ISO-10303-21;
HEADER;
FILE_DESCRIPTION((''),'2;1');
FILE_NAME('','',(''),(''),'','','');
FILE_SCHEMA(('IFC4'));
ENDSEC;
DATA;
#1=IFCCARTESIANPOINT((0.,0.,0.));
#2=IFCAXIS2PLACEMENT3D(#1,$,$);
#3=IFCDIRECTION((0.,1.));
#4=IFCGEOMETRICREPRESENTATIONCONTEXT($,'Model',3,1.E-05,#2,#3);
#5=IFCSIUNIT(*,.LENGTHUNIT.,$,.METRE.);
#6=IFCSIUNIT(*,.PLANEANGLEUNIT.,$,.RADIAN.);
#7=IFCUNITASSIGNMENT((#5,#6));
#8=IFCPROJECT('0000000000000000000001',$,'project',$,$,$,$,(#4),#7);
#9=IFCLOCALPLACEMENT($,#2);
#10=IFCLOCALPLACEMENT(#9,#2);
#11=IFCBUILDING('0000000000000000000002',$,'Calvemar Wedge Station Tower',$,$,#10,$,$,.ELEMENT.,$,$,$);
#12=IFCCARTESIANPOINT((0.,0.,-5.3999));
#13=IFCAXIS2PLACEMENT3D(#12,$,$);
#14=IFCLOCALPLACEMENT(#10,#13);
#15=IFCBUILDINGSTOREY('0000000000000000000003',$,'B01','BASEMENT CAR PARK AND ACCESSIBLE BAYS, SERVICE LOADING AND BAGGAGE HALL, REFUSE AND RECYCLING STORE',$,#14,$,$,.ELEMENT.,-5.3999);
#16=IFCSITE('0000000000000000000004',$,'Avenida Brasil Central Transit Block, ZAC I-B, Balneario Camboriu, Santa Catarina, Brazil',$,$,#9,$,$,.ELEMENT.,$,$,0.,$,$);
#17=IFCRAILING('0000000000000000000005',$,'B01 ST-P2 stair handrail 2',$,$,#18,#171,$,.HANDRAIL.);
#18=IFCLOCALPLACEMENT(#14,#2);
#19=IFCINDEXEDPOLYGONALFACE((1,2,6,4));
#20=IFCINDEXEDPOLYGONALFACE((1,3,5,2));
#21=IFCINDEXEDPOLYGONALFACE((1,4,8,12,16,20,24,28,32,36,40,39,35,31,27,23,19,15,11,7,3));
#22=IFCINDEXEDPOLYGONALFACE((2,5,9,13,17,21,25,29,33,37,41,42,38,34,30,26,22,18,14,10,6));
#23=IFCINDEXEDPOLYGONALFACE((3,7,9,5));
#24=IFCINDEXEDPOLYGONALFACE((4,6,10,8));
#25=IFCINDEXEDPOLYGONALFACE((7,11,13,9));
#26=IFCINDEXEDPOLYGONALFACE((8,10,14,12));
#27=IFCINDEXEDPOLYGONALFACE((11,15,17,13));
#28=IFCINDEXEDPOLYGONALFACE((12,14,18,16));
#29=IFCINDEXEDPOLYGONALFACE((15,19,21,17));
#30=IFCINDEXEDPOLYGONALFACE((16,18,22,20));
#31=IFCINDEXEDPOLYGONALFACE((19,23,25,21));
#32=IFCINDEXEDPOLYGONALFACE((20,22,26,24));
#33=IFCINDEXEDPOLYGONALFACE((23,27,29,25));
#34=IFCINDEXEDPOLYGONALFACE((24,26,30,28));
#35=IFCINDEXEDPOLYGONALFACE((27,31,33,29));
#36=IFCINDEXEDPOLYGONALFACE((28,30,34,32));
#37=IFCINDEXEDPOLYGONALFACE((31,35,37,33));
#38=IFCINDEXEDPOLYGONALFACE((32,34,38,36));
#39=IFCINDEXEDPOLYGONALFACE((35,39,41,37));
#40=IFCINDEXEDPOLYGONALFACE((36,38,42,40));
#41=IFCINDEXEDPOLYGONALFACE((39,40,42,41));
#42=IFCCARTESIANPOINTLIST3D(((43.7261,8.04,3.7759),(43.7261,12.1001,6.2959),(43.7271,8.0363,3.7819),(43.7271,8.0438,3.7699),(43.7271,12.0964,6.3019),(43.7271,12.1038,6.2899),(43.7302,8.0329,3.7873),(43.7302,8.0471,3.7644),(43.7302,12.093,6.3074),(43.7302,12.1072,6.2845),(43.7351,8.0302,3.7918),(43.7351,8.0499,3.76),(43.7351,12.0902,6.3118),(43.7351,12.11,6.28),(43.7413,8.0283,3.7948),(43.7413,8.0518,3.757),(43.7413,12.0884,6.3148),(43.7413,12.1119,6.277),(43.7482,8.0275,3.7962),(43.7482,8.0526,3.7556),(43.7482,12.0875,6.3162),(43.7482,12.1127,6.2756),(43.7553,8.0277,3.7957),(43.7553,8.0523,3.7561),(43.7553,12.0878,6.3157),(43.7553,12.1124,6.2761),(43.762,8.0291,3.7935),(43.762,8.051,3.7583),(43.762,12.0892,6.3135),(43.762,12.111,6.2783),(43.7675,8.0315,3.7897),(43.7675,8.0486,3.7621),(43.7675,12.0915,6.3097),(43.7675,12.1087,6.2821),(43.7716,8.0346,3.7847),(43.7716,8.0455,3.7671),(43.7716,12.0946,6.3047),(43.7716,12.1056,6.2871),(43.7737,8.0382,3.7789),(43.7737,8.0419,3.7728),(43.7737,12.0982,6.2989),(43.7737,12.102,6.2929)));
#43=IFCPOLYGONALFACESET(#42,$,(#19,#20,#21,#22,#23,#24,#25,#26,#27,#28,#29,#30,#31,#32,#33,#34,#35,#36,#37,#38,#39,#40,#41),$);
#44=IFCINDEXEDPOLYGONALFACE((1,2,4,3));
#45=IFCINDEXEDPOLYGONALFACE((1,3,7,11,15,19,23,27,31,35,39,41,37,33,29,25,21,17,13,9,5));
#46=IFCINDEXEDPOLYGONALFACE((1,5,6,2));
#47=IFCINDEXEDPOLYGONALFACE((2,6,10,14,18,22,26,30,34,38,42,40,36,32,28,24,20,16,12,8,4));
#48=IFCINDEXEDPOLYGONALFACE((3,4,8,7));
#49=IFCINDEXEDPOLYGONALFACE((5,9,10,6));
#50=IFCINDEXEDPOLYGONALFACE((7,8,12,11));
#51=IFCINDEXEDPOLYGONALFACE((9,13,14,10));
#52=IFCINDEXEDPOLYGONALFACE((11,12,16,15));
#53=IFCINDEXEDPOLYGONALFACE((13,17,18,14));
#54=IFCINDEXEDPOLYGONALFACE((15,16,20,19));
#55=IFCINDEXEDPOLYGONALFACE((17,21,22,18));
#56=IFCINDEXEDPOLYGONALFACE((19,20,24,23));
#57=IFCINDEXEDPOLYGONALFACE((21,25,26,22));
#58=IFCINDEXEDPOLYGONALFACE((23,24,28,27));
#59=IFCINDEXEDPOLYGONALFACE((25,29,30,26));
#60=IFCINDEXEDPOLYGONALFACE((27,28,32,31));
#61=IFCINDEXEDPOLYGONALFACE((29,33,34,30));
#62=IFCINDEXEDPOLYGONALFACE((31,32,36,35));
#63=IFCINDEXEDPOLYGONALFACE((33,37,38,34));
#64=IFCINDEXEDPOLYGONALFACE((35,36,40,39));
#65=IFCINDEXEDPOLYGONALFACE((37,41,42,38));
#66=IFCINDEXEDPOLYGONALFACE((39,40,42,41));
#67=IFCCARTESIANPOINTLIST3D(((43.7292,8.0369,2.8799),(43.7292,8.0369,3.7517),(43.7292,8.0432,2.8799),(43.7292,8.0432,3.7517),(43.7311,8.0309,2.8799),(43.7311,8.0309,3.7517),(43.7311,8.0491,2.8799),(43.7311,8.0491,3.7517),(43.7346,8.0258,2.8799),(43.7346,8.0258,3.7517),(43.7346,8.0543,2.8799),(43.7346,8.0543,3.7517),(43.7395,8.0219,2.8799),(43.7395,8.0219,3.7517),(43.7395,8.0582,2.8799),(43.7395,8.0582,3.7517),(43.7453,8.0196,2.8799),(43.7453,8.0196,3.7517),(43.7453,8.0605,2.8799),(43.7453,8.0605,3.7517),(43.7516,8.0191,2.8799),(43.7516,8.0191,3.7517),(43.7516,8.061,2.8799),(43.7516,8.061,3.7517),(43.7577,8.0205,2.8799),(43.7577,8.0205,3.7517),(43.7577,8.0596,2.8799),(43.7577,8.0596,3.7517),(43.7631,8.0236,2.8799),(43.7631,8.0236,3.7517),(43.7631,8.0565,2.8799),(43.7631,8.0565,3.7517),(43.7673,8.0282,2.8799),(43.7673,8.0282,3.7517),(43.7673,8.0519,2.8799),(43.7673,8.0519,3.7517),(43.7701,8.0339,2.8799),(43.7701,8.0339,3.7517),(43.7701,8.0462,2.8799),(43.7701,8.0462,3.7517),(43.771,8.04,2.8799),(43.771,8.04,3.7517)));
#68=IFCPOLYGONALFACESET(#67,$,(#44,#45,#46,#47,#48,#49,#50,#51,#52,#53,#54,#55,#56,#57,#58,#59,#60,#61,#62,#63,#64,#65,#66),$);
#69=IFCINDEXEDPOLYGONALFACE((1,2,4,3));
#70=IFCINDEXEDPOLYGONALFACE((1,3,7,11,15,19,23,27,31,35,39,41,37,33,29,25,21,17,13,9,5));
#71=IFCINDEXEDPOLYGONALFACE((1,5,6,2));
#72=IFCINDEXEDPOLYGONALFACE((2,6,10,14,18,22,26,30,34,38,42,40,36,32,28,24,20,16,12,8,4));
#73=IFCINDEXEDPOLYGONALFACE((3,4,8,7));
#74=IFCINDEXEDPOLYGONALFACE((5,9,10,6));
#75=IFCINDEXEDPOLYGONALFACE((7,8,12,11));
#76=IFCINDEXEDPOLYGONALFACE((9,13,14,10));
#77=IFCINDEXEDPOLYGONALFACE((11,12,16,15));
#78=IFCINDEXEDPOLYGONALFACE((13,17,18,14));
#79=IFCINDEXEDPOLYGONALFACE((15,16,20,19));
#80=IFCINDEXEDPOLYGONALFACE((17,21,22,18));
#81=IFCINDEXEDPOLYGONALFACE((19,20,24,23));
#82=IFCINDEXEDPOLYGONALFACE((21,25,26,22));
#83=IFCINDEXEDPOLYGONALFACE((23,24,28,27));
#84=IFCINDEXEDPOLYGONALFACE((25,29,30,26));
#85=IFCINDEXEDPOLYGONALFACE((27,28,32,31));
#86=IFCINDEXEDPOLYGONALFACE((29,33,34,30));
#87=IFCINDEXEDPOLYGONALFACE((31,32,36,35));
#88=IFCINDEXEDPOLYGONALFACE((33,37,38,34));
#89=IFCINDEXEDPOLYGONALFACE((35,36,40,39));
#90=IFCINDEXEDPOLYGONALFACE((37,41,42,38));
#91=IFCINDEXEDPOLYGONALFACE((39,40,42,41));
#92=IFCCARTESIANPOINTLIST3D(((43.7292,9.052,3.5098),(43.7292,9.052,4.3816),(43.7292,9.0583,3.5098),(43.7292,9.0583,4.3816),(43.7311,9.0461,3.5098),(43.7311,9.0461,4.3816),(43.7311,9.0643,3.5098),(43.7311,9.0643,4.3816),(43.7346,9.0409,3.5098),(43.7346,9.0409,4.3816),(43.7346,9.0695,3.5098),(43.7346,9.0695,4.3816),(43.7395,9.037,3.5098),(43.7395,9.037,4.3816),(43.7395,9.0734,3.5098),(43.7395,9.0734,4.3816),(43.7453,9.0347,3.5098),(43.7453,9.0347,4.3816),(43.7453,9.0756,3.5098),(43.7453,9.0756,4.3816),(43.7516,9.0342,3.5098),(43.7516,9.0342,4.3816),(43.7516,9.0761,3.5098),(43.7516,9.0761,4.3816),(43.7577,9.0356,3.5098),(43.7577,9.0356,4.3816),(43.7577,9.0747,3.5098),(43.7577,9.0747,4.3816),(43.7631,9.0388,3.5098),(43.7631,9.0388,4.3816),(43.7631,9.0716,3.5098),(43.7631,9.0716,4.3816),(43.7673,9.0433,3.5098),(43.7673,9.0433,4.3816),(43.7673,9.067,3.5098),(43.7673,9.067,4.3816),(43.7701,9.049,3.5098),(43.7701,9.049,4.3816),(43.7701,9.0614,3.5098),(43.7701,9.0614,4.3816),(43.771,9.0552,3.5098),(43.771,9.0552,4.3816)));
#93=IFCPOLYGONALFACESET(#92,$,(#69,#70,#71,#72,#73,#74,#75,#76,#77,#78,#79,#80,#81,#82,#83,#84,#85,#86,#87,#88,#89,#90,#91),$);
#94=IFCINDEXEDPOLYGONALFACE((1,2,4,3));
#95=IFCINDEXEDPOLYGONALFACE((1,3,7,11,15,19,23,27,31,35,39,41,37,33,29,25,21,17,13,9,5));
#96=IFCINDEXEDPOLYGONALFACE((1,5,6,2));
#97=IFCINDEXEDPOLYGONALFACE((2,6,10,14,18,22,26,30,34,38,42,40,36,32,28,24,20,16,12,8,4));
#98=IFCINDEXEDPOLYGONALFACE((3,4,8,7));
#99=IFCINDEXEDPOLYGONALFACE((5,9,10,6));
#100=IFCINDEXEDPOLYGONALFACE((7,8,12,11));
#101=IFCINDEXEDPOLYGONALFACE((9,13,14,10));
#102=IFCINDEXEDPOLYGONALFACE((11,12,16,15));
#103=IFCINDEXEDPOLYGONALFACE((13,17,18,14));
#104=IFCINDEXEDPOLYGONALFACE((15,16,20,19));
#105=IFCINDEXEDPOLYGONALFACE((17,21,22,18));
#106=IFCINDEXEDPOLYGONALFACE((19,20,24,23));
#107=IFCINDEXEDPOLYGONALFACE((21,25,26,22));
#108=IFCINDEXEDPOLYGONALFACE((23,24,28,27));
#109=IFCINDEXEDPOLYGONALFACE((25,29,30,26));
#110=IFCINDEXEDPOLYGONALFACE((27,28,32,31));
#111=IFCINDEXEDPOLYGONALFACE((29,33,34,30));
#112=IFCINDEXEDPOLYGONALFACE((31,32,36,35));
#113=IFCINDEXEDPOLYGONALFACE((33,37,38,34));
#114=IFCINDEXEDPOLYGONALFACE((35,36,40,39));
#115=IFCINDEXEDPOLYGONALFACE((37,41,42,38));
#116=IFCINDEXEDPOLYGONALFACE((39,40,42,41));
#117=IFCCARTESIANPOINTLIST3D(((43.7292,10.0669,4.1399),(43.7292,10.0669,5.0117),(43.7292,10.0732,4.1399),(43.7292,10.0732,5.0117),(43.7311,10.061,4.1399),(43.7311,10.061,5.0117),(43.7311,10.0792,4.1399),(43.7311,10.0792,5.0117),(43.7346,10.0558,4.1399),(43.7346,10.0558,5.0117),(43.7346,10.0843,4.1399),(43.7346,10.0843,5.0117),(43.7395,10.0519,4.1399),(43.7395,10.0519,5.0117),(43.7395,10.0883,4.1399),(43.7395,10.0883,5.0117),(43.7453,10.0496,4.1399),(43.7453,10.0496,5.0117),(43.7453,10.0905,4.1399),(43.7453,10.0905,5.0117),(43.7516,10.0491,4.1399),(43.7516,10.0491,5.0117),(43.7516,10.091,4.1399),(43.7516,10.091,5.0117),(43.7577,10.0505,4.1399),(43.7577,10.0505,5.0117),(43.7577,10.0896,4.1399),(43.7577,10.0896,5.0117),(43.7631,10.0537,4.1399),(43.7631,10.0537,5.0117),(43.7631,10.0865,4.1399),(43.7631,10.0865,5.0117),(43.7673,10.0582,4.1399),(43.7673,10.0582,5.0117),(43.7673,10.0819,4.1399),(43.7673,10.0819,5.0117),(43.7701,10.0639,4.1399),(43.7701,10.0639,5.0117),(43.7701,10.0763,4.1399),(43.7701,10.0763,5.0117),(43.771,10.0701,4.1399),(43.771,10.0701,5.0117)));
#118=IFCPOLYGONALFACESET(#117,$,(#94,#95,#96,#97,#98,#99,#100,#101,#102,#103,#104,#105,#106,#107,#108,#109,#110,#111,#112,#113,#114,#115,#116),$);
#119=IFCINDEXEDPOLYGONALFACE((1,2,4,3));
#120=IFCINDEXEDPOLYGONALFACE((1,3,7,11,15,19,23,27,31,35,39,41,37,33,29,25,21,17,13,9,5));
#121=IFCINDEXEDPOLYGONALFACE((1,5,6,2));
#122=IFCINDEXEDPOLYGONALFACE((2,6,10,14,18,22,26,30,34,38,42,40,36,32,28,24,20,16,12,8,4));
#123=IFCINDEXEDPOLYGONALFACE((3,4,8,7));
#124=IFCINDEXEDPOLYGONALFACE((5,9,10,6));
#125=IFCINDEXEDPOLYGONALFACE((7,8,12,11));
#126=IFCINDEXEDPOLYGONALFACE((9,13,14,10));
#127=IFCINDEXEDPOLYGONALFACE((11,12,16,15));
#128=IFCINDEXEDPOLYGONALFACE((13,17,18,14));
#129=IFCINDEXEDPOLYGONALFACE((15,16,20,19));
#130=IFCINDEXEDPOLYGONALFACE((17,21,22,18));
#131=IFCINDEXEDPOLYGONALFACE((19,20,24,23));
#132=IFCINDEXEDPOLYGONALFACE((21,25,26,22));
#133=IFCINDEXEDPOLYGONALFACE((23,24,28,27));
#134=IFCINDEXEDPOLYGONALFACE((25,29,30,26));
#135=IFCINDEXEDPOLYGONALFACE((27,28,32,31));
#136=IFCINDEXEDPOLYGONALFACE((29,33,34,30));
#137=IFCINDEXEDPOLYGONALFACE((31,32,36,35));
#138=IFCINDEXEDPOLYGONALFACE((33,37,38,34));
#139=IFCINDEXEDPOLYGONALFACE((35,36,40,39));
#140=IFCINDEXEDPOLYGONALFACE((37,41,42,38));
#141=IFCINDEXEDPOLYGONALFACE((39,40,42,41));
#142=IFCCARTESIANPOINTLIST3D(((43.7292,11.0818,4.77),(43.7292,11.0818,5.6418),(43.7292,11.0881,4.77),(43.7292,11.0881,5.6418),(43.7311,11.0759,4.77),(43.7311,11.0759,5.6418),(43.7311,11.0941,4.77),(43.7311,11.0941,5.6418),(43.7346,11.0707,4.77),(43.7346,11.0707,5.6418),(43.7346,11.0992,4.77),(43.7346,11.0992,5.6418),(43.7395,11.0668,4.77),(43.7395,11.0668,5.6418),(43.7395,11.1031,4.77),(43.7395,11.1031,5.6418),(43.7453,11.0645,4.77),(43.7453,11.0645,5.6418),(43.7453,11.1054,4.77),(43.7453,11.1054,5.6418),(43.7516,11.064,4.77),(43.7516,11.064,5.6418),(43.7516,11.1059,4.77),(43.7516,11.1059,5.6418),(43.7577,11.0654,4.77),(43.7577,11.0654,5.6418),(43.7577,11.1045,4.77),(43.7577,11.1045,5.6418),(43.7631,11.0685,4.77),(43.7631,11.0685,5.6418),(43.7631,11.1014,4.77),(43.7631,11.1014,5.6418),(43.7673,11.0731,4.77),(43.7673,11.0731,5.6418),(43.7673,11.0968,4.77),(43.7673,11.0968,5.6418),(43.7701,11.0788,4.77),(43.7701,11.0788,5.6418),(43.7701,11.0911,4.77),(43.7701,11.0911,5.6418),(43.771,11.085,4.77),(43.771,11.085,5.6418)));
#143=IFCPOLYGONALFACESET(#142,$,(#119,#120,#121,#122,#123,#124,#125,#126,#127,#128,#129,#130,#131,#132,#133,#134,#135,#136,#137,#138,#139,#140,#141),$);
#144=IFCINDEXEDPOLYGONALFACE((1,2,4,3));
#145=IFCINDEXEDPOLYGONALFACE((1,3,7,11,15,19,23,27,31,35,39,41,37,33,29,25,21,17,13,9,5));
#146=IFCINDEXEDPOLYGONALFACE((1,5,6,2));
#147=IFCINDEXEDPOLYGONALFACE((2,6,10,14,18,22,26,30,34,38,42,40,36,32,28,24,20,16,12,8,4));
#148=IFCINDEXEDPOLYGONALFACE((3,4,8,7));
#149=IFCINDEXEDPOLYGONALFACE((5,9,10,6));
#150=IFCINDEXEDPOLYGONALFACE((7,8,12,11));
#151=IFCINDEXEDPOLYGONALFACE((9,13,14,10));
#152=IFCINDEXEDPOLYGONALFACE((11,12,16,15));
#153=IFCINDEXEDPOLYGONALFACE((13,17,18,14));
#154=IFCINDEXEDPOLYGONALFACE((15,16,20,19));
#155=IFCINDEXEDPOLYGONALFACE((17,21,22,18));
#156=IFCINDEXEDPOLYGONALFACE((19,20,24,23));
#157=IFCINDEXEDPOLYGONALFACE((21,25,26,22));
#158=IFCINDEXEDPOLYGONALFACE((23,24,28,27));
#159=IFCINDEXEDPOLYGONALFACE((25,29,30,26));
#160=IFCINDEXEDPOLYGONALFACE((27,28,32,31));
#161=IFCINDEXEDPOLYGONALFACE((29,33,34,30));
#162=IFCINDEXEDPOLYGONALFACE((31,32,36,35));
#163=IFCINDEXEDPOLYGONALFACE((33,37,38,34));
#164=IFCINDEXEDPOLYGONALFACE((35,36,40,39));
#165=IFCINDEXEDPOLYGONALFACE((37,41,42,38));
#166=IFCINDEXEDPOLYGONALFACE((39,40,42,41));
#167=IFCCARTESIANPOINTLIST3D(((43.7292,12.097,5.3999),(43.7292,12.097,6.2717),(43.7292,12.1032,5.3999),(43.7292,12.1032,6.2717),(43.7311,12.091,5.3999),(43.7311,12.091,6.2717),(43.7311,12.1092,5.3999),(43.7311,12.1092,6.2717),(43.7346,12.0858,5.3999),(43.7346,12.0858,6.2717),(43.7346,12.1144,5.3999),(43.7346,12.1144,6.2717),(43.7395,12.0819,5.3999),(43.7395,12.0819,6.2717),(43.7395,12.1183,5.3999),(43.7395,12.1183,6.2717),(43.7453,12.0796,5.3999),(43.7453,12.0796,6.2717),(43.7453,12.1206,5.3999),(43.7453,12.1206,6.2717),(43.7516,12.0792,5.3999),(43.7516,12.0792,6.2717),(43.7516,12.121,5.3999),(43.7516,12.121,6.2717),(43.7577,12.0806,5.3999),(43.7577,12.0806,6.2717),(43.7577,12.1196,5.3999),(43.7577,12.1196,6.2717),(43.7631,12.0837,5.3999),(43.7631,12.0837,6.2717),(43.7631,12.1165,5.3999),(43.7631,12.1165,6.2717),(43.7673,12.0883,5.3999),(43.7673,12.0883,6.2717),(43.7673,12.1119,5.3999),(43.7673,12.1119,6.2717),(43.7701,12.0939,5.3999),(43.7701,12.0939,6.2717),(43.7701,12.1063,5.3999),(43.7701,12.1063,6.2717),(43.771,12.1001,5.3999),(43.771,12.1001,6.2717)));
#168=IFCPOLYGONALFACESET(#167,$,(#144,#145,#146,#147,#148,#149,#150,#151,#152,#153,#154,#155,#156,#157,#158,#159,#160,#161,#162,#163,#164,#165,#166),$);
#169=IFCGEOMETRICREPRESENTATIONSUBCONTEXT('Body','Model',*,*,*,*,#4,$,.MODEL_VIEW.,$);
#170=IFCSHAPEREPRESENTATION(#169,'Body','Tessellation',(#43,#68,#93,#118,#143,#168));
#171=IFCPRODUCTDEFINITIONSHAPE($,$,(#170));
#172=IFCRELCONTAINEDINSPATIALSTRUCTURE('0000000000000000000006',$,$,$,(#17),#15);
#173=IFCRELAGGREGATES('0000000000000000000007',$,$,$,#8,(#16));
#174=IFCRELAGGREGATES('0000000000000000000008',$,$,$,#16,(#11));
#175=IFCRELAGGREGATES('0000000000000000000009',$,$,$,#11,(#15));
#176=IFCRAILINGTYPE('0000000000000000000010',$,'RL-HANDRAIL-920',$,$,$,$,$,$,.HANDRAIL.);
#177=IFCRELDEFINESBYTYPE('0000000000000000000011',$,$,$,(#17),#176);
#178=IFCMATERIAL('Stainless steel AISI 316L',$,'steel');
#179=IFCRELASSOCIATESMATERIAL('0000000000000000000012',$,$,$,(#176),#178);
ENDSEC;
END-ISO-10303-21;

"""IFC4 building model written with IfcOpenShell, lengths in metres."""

from ifc_helpers import new_model, si_unit, direction, frame, origin, origin_2d, place, context, subcontext, project, spatial, circle, extrude, material, type_object, element, save


model = new_model("IFC4")

# Units and contexts
model_context = context("Model", 3, precision=1e-05, world=origin(), true_north=direction((0.0, 1.0)))
body_context = subcontext(model_context, "Body", "Model", "MODEL_VIEW")
ifc_project = project(units=[si_unit("LENGTHUNIT", "METRE"), si_unit("PLANEANGLEUNIT", "RADIAN")], contexts=[model_context])

# Site, building, storey
site_placement = place(None, origin())
site = spatial("IfcSite", under=ifc_project, at=site_placement, Name="Avenida Brasil Central Transit Block, ZAC I-B, Balneario Camboriu, Santa Catarina, Brazil", CompositionType="ELEMENT", RefElevation=0.0)
building_placement = place(site_placement, origin())
building = spatial("IfcBuilding", under=site, at=building_placement, Name="Calvemar Wedge Station Tower", CompositionType="ELEMENT")
storey_placement = place(building_placement, frame((0.0, 0.0, -5.3999)))
storey = spatial("IfcBuildingStorey", under=building, at=storey_placement, Name="B01", Description="BASEMENT CAR PARK AND ACCESSIBLE BAYS, SERVICE LOADING AND BAGGAGE HALL, REFUSE AND RECYCLING STORE", CompositionType="ELEMENT", Elevation=-5.3999)

# Railing
ifc_material_1 = material(Name="Stainless steel AISI 316L", Category="steel")
railing_type_1 = type_object("IfcRailingType", Name="RL-HANDRAIL-920", PredefinedType="HANDRAIL", material=ifc_material_1)
railing_1_placement = place(storey_placement, frame((43.75, 8.04, 2.8799)))
element("IfcRailing", 1, at=railing_1_placement, inside=storey, type_object=railing_type_1, Name="B01 ST-P2 stair handrail 2", PredefinedType="HANDRAIL", context=body_context, shape_type="SweptSolid", body=[
    extrude(circle(Radius=0.0239, at=origin_2d()), frame((0.0, 0.0, 0.896), z_axis=(0.0, 0.849642, 0.52736), x_axis=(-1.0, 0.0, 0.0)), (0.0, 0.0, 1.0), 4.7786),
    extrude(circle(Radius=0.021, at=origin_2d()), origin(), (0.0, 0.0, 1.0), 0.8718),
    extrude(circle(Radius=0.021, at=origin_2d()), frame((0.0, 1.0151, 0.6299)), (0.0, 0.0, 1.0), 0.8718),
    extrude(circle(Radius=0.021, at=origin_2d()), frame((0.0, 2.03, 1.26)), (0.0, 0.0, 1.0), 0.8718),
    extrude(circle(Radius=0.021, at=origin_2d()), frame((0.0, 3.0449, 1.8901)), (0.0, 0.0, 1.0), 0.8718),
    extrude(circle(Radius=0.021, at=origin_2d()), frame((0.0, 4.0601, 2.52)), (0.0, 0.0, 1.0), 0.8718),
])

save(model, "model.ifc")
